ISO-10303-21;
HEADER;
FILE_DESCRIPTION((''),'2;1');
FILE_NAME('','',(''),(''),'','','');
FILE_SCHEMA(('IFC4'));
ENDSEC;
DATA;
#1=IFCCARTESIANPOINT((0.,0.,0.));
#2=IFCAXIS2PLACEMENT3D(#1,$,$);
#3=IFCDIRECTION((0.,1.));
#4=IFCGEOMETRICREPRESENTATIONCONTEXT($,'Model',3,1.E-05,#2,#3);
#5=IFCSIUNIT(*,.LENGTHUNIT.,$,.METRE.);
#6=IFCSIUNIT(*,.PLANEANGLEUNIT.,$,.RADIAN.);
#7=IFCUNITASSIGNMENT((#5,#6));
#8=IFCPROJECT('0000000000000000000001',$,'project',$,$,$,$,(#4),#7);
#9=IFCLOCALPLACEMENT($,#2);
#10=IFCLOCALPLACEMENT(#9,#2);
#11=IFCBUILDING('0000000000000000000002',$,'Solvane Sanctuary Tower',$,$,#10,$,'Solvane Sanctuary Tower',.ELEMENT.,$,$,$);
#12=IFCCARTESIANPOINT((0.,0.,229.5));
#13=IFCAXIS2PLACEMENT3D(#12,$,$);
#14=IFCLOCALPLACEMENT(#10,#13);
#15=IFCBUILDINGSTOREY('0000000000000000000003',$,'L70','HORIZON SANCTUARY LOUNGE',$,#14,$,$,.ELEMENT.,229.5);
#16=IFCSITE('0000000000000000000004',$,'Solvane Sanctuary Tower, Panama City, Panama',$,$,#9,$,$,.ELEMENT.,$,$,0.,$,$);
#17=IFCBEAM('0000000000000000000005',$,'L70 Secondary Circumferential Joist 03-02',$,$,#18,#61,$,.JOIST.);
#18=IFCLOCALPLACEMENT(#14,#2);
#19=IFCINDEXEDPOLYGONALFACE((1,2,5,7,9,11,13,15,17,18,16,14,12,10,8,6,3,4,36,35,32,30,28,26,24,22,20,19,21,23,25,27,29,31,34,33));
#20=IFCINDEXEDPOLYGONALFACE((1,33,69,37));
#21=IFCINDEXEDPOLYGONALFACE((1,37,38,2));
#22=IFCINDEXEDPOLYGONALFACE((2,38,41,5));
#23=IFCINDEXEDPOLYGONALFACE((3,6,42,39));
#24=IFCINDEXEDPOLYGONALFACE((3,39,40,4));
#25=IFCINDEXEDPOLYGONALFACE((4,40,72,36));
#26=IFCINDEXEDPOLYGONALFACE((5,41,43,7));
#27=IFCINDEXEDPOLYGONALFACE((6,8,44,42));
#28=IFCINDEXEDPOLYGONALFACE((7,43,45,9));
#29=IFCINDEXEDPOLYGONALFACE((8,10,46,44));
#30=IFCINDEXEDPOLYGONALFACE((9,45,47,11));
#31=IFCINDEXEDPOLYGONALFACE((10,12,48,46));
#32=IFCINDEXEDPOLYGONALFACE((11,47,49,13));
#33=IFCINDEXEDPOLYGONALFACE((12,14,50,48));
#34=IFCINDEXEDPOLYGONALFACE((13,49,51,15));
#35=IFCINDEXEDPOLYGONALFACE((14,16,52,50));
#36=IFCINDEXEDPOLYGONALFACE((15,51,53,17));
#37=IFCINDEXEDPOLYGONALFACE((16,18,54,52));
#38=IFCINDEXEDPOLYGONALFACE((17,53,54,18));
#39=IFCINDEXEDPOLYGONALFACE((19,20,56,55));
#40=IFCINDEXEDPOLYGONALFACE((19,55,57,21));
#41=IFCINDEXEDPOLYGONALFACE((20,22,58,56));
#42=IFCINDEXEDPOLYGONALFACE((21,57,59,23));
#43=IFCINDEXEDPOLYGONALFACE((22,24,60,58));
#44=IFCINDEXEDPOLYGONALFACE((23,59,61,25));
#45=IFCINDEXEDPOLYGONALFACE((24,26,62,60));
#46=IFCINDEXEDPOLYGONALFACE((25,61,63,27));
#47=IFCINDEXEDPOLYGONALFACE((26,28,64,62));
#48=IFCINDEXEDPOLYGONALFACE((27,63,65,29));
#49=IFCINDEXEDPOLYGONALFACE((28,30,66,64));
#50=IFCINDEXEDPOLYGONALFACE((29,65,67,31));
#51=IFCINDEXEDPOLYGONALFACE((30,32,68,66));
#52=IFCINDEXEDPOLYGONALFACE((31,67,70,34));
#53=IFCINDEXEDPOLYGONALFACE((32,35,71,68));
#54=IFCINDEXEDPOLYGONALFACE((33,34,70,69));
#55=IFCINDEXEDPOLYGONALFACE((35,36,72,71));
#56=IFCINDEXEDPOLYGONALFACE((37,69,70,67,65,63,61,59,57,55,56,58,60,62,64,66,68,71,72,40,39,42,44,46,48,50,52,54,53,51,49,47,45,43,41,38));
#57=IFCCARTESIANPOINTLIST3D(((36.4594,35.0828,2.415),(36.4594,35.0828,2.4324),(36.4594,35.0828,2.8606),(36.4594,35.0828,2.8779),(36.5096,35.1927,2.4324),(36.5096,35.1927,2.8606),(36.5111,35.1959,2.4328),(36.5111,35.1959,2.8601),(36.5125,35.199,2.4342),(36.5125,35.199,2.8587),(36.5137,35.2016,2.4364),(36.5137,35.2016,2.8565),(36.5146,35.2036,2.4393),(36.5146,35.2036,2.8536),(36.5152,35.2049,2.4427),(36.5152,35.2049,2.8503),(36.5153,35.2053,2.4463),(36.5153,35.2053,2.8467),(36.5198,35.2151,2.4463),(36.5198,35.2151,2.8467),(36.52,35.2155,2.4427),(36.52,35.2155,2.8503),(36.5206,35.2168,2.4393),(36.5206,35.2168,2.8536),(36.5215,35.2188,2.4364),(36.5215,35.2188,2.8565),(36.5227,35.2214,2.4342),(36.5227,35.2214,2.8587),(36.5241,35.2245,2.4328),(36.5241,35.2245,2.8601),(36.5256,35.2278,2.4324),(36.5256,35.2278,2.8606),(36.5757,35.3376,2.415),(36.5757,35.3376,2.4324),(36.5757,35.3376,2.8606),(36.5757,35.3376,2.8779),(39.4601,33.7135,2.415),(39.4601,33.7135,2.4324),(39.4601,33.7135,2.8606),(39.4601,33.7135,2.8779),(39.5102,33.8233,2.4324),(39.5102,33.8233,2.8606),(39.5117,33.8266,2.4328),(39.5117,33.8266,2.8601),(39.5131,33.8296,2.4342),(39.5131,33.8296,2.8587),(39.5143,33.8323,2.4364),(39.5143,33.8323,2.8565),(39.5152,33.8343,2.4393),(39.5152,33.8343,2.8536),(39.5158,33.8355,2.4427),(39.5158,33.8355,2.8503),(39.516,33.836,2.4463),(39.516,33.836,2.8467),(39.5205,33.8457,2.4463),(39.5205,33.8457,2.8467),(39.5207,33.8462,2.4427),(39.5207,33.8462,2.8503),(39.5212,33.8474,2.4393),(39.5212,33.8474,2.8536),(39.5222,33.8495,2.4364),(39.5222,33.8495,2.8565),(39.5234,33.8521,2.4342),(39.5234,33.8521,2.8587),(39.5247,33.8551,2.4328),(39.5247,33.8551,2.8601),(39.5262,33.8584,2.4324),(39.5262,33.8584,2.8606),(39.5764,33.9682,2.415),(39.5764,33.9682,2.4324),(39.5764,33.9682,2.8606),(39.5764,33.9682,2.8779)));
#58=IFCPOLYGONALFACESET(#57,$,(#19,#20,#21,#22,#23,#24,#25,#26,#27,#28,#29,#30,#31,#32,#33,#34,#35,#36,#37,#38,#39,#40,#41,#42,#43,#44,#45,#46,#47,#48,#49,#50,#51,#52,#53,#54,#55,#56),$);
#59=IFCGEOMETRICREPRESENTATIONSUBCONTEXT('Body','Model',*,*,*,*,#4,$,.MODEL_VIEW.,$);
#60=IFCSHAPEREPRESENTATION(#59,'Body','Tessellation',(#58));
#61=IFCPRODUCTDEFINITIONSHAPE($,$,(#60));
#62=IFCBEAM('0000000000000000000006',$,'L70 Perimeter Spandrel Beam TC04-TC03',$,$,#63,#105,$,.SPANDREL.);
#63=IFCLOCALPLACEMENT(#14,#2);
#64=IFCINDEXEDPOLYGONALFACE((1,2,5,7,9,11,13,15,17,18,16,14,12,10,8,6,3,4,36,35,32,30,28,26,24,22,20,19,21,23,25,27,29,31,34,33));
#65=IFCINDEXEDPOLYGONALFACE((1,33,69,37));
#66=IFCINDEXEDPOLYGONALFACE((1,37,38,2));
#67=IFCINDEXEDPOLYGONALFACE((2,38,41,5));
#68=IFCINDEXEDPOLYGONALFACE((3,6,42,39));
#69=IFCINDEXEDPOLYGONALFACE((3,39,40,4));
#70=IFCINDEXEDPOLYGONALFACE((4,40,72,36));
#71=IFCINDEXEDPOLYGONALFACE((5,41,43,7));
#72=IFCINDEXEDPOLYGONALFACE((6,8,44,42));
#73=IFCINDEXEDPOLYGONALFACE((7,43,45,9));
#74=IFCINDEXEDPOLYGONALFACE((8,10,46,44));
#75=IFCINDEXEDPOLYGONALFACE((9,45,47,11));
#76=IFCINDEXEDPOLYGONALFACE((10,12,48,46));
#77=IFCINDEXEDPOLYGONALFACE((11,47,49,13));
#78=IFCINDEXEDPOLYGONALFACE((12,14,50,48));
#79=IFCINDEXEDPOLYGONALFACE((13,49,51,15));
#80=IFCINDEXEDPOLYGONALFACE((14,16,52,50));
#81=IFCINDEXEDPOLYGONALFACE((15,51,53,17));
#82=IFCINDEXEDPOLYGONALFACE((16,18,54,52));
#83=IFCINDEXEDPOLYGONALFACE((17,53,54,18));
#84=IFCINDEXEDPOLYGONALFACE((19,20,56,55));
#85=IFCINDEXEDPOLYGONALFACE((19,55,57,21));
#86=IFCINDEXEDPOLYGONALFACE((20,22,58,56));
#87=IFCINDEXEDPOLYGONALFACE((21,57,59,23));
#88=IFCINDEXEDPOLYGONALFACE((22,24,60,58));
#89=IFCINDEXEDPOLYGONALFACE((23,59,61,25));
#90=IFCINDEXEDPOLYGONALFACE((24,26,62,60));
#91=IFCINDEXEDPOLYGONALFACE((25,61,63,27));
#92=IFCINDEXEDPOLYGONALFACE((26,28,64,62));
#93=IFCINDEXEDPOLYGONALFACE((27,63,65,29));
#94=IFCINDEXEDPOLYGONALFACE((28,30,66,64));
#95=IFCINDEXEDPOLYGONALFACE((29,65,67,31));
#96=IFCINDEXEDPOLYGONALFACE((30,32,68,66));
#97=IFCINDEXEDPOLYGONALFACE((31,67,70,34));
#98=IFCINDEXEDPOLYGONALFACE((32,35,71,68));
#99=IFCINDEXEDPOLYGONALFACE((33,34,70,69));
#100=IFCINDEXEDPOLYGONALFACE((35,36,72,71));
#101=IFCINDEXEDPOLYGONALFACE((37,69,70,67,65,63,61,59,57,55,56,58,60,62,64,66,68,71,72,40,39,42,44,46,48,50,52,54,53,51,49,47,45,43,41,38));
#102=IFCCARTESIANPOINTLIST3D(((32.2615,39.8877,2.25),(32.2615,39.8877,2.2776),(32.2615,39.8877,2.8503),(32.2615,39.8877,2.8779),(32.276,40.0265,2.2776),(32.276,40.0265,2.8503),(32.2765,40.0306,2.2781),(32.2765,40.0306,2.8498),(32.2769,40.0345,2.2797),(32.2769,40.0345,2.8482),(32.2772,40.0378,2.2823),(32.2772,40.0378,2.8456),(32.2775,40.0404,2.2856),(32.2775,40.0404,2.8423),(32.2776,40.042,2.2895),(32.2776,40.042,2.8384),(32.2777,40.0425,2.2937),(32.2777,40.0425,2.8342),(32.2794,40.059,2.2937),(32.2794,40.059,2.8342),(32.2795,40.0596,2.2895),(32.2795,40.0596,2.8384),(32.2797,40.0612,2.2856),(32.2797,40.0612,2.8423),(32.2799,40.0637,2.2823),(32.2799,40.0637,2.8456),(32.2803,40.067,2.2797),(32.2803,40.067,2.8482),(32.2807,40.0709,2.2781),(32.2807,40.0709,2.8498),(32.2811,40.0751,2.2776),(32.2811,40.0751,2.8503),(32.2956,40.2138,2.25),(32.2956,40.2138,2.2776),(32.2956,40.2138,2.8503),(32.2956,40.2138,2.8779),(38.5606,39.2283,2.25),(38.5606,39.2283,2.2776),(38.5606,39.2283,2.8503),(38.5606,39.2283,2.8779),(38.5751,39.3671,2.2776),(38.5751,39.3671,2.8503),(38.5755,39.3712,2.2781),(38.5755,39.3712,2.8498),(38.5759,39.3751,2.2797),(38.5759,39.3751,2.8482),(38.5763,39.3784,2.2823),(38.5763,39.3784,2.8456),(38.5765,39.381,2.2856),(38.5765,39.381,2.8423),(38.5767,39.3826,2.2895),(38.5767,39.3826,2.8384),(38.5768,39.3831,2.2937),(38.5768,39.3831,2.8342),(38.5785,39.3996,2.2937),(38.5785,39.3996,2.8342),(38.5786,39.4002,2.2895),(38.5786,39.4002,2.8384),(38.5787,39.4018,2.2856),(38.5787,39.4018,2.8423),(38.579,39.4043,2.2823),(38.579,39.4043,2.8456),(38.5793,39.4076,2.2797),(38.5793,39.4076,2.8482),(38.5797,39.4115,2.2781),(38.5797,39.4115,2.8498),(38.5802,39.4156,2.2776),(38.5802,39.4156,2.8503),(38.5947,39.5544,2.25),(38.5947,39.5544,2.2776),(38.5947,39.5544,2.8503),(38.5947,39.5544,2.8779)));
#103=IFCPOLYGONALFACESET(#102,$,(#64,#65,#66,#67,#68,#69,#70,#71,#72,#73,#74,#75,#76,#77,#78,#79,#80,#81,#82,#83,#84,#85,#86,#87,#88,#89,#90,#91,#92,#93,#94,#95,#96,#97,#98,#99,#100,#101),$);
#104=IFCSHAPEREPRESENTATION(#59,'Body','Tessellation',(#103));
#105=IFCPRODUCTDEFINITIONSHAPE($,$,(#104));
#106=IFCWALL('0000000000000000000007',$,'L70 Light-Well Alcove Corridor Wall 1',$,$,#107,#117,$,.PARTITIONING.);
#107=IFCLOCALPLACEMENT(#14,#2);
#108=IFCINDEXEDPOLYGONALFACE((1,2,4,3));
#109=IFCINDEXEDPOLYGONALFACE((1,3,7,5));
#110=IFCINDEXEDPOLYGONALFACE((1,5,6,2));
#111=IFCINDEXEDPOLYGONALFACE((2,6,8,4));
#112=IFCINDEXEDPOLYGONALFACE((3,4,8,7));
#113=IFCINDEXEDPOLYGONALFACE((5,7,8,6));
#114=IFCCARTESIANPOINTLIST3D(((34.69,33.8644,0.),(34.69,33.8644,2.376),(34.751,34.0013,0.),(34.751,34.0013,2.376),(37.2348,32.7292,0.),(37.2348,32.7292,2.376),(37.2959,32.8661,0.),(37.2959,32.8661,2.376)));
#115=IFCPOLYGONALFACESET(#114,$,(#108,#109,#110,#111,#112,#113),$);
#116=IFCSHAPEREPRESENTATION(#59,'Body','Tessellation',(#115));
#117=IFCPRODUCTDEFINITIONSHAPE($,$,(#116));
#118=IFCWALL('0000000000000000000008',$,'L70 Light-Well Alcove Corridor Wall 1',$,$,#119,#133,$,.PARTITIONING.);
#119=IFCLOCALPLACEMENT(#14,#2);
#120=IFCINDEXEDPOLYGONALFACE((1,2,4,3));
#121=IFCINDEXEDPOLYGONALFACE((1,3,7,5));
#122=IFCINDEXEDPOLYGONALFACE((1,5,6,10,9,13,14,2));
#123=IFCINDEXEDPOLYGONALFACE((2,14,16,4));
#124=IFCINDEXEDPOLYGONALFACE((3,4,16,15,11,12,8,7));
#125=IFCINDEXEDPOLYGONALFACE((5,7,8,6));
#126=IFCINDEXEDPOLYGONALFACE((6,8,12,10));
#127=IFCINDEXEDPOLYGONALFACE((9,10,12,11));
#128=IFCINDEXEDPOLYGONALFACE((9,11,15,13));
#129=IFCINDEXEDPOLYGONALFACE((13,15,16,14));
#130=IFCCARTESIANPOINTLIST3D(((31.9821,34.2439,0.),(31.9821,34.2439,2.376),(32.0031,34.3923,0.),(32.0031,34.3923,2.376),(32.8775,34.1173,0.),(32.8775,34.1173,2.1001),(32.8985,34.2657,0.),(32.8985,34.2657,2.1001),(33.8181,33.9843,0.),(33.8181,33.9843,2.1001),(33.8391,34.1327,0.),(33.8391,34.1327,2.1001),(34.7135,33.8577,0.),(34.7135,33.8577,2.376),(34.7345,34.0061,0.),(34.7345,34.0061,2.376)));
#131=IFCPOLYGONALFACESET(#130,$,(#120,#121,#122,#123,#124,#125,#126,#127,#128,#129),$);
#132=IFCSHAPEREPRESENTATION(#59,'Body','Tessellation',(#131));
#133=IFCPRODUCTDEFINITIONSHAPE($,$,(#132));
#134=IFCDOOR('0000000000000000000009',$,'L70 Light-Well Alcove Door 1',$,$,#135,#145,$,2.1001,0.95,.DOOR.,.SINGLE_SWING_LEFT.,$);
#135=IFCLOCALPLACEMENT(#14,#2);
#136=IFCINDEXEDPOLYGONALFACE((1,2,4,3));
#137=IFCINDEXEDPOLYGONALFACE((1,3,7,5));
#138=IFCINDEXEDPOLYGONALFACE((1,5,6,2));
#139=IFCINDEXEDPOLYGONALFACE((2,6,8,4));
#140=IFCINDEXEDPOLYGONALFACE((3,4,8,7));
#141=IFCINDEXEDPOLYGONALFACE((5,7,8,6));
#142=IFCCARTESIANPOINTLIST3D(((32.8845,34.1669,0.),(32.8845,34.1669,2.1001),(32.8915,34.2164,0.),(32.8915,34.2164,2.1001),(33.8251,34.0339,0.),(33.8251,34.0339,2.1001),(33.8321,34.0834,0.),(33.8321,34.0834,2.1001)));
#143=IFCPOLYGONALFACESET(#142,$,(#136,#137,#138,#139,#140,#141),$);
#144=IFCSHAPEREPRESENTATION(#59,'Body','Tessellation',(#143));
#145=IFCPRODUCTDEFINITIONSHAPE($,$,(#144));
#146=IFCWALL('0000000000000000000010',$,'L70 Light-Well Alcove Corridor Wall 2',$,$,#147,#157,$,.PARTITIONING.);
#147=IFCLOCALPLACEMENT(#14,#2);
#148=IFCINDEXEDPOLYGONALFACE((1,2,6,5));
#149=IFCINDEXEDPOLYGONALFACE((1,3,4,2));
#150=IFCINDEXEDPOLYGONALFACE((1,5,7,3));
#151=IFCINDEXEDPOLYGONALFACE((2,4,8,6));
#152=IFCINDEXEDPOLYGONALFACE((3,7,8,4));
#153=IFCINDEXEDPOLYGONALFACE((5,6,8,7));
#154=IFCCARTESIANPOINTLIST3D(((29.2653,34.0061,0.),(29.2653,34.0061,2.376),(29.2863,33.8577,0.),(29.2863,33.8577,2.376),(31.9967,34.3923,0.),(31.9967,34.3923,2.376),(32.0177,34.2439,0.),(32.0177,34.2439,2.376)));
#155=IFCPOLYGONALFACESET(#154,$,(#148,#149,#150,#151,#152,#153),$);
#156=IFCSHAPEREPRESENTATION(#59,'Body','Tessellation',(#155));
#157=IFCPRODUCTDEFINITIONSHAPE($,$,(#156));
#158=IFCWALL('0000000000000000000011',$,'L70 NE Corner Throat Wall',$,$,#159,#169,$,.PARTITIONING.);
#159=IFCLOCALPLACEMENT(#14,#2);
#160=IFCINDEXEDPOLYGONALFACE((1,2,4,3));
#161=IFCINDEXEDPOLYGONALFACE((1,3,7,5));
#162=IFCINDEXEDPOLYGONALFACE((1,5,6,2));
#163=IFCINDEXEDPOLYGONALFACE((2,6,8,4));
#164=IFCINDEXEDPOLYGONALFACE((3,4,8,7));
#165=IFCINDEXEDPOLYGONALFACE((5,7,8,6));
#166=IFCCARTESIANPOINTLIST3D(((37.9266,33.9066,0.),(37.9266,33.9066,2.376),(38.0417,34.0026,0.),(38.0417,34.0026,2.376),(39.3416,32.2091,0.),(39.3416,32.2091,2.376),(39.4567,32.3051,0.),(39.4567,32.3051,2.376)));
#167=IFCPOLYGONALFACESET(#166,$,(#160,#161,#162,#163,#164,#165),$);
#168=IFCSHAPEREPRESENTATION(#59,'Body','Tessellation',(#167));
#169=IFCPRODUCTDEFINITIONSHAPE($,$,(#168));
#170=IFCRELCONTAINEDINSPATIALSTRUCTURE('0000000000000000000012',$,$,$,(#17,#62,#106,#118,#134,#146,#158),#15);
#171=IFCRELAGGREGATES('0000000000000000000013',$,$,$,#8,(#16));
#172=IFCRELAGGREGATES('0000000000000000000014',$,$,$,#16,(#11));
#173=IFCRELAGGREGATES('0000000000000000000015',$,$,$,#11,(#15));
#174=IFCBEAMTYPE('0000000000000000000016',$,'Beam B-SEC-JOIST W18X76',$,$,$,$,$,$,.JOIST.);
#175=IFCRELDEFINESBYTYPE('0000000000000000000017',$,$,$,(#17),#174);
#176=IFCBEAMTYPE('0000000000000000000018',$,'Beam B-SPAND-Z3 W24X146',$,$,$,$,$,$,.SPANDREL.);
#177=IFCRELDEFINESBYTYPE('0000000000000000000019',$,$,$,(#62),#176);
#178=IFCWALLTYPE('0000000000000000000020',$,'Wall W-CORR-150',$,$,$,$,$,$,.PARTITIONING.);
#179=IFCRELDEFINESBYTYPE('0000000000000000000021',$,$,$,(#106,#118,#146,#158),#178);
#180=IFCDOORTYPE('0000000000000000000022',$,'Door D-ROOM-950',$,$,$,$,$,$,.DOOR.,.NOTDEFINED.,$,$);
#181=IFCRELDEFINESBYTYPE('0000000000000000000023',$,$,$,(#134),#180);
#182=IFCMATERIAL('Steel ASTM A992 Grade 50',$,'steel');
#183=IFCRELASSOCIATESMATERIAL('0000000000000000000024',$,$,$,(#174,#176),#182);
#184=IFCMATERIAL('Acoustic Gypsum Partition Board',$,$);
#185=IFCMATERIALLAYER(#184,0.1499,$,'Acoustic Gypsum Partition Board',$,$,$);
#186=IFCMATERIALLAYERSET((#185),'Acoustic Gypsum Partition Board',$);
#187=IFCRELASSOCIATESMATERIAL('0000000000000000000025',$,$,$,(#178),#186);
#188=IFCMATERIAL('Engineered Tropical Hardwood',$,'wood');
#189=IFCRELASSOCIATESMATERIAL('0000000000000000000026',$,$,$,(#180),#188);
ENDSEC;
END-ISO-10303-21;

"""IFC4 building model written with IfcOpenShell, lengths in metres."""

from ifc_helpers import new_model, si_unit, direction, frame, frame_2d, origin, origin_2d, place, context, subcontext, project, spatial, rectangle, i_section, extrude, material, layer, layer_set, material_profile, profile_set, type_object, element, fill, save


model = new_model("IFC4")

# Units and contexts
model_context = context("Model", 3, precision=1e-05, world=origin(), true_north=direction((0.0, 1.0)))
body_context = subcontext(model_context, "Body", "Model", "MODEL_VIEW")
ifc_project = project(units=[si_unit("LENGTHUNIT", "METRE"), si_unit("PLANEANGLEUNIT", "RADIAN")], contexts=[model_context])

# Site, building, storey
site_placement = place(None, origin())
site = spatial("IfcSite", under=ifc_project, at=site_placement, Name="Solvane Sanctuary Tower, Panama City, Panama", CompositionType="ELEMENT", RefElevation=0.0)
building_placement = place(site_placement, origin())
building = spatial("IfcBuilding", under=site, at=building_placement, Name="Solvane Sanctuary Tower", LongName="Solvane Sanctuary Tower", CompositionType="ELEMENT")
storey_placement = place(building_placement, frame((0.0, 0.0, 229.5)))
storey = spatial("IfcBuildingStorey", under=building, at=storey_placement, Name="L70", Description="HORIZON SANCTUARY LOUNGE", CompositionType="ELEMENT", Elevation=229.5)

# Beams
ifc_material_1 = material(Name="Steel ASTM A992 Grade 50", Category="steel")
ifc_material_profile_1 = material_profile(ifc_material_1, i_section(OverallWidth=0.28, OverallDepth=0.4629, WebThickness=0.0107, FlangeThickness=0.0173, FilletRadius=0.0139, at=origin_2d()), Name="W18X76")
ifc_profile_set_1 = profile_set([ifc_material_profile_1], Name="Steel ASTM A992 Grade 50")
beam_type_1 = type_object("IfcBeamType", Name="Beam B-SEC-JOIST W18X76", PredefinedType="JOIST", material=ifc_profile_set_1)
beam_1_placement = place(storey_placement, frame((36.5176, 35.2102, 2.6465), z_axis=(0.909747, -0.415163, 0.0), x_axis=(0.415163, 0.909747, 0.0)))
element("IfcBeam", 1, at=beam_1_placement, inside=storey, type_object=beam_type_1, Name="L70 Secondary Circumferential Joist 03-02", PredefinedType="JOIST", context=body_context, shape_type="SweptSolid", body=[
    extrude(i_section(OverallWidth=0.28, OverallDepth=0.4629, WebThickness=0.0107, FlangeThickness=0.0173, FilletRadius=0.0139, at=origin_2d()), origin(), (0.0, 0.0, 1.0), 3.2983),
])
ifc_material_profile_2 = material_profile(ifc_material_1, i_section(OverallWidth=0.3279, OverallDepth=0.6279, WebThickness=0.0166, FlangeThickness=0.0276, FilletRadius=0.0161, at=origin_2d()), Name="W24X146")
ifc_profile_set_2 = profile_set([ifc_material_profile_2], Name="Steel ASTM A992 Grade 50")
beam_type_2 = type_object("IfcBeamType", Name="Beam B-SPAND-Z3 W24X146", PredefinedType="SPANDREL", material=ifc_profile_set_2)
beam_2_placement = place(storey_placement, frame((32.2786, 40.0508, 2.564), z_axis=(0.994565, -0.104117, 0.0), x_axis=(0.104117, 0.994565, 0.0)))
element("IfcBeam", 2, at=beam_2_placement, inside=storey, type_object=beam_type_2, Name="L70 Perimeter Spandrel Beam TC04-TC03", PredefinedType="SPANDREL", context=body_context, shape_type="SweptSolid", body=[
    extrude(i_section(OverallWidth=0.3279, OverallDepth=0.6279, WebThickness=0.0166, FlangeThickness=0.0276, FilletRadius=0.0161, at=origin_2d()), origin(), (0.0, 0.0, 1.0), 6.3335),
])

# Wall
ifc_material_2 = material(Name="Acoustic Gypsum Partition Board")
ifc_layer_1 = layer(ifc_material_2, 0.1499, Name="Acoustic Gypsum Partition Board")
ifc_layer_set_1 = layer_set([ifc_layer_1], Name="Acoustic Gypsum Partition Board")
wall_type_1 = type_object("IfcWallType", Name="Wall W-CORR-150", PredefinedType="PARTITIONING", material=ifc_layer_set_1)
wall_1_placement = place(storey_placement, frame((37.2654, 32.7976, 0.0), z_axis=(0.0, 0.0, 1.0), x_axis=(-0.913254, 0.40739, 0.0)))
element("IfcWall", 3, at=wall_1_placement, inside=storey, type_object=wall_type_1, Name="L70 Light-Well Alcove Corridor Wall 1", PredefinedType="PARTITIONING", context=body_context, shape_type="SweptSolid", body=[
    extrude(rectangle(XDim=2.7866, YDim=0.1499, at=frame_2d((1.3933, 0.0))), origin(), (0.0, 0.0, 1.0), 2.376),
])

# Wall, opening, door
wall_2_placement = place(storey_placement, frame((34.7241, 33.9319, 0.0), z_axis=(0.0, 0.0, 1.0), x_axis=(-0.99015, 0.140009, 0.0)))
wall_2 = element("IfcWall", 4, at=wall_2_placement, inside=storey, type_object=wall_type_1, Name="L70 Light-Well Alcove Corridor Wall 1", PredefinedType="PARTITIONING", context=body_context, shape_type="SweptSolid", body=[
    extrude(rectangle(XDim=2.7585, YDim=0.1499, at=frame_2d((1.3794, 0.0))), origin(), (0.0, 0.0, 1.0), 2.376),
])
opening_1_placement = place(wall_2_placement, frame((0.9043, 0.0, 0.0)))
opening_1 = element("IfcOpeningElement", 5, at=opening_1_placement, cuts=wall_2, PredefinedType="OPENING", context=body_context, shape_type="SweptSolid", body=[
    extrude(rectangle(XDim=0.95, YDim=2.1001, at=frame_2d((0.4751, 1.05))), frame((0.0, 0.085, 0.0), z_axis=(0.0, -1.0, 0.0), x_axis=(1.0, 0.0, 0.0)), (0.0, 0.0, 1.0), 0.1699),
])
ifc_material_3 = material(Name="Engineered Tropical Hardwood", Category="wood")
door_type_1 = type_object("IfcDoorType", Name="Door D-ROOM-950", OperationType="NOTDEFINED", PredefinedType="DOOR", material=ifc_material_3)
door_1_placement = place(opening_1_placement, origin())
door_1 = element("IfcDoor", 6, at=door_1_placement, inside=storey, type_object=door_type_1, Name="L70 Light-Well Alcove Door 1", OperationType="SINGLE_SWING_LEFT", OverallHeight=2.1001, OverallWidth=0.95, PredefinedType="DOOR", context=body_context, shape_type="SweptSolid", body=[
    extrude(rectangle(XDim=0.95, YDim=2.1001, at=frame_2d((0.4751, 1.05))), frame((0.0, 0.0249, 0.0), z_axis=(0.0, -1.0, 0.0), x_axis=(1.0, 0.0, 0.0)), (0.0, 0.0, 1.0), 0.05),
])
fill(opening_1, door_1)

# Walls
wall_3_placement = place(storey_placement, frame((32.0073, 34.3181, 0.0), z_axis=(0.0, 0.0, 1.0), x_axis=(-0.99015, -0.140009, 0.0)))
element("IfcWall", 7, at=wall_3_placement, inside=storey, type_object=wall_type_1, Name="L70 Light-Well Alcove Corridor Wall 2", PredefinedType="PARTITIONING", context=body_context, shape_type="SweptSolid", body=[
    extrude(rectangle(XDim=2.7585, YDim=0.1499, at=frame_2d((1.3794, 0.0))), origin(), (0.0, 0.0, 1.0), 2.376),
])
wall_4_placement = place(storey_placement, frame((37.9841, 33.9546, 0.0), z_axis=(0.0, 0.0, 1.0), x_axis=(0.640304, -0.768122, 0.0)))
element("IfcWall", 8, at=wall_4_placement, inside=storey, type_object=wall_type_1, Name="L70 NE Corner Throat Wall", PredefinedType="PARTITIONING", context=body_context, shape_type="SweptSolid", body=[
    extrude(rectangle(XDim=2.21, YDim=0.1499, at=frame_2d((1.105, 0.0))), origin(), (0.0, 0.0, 1.0), 2.376),
])

save(model, "model.ifc")
